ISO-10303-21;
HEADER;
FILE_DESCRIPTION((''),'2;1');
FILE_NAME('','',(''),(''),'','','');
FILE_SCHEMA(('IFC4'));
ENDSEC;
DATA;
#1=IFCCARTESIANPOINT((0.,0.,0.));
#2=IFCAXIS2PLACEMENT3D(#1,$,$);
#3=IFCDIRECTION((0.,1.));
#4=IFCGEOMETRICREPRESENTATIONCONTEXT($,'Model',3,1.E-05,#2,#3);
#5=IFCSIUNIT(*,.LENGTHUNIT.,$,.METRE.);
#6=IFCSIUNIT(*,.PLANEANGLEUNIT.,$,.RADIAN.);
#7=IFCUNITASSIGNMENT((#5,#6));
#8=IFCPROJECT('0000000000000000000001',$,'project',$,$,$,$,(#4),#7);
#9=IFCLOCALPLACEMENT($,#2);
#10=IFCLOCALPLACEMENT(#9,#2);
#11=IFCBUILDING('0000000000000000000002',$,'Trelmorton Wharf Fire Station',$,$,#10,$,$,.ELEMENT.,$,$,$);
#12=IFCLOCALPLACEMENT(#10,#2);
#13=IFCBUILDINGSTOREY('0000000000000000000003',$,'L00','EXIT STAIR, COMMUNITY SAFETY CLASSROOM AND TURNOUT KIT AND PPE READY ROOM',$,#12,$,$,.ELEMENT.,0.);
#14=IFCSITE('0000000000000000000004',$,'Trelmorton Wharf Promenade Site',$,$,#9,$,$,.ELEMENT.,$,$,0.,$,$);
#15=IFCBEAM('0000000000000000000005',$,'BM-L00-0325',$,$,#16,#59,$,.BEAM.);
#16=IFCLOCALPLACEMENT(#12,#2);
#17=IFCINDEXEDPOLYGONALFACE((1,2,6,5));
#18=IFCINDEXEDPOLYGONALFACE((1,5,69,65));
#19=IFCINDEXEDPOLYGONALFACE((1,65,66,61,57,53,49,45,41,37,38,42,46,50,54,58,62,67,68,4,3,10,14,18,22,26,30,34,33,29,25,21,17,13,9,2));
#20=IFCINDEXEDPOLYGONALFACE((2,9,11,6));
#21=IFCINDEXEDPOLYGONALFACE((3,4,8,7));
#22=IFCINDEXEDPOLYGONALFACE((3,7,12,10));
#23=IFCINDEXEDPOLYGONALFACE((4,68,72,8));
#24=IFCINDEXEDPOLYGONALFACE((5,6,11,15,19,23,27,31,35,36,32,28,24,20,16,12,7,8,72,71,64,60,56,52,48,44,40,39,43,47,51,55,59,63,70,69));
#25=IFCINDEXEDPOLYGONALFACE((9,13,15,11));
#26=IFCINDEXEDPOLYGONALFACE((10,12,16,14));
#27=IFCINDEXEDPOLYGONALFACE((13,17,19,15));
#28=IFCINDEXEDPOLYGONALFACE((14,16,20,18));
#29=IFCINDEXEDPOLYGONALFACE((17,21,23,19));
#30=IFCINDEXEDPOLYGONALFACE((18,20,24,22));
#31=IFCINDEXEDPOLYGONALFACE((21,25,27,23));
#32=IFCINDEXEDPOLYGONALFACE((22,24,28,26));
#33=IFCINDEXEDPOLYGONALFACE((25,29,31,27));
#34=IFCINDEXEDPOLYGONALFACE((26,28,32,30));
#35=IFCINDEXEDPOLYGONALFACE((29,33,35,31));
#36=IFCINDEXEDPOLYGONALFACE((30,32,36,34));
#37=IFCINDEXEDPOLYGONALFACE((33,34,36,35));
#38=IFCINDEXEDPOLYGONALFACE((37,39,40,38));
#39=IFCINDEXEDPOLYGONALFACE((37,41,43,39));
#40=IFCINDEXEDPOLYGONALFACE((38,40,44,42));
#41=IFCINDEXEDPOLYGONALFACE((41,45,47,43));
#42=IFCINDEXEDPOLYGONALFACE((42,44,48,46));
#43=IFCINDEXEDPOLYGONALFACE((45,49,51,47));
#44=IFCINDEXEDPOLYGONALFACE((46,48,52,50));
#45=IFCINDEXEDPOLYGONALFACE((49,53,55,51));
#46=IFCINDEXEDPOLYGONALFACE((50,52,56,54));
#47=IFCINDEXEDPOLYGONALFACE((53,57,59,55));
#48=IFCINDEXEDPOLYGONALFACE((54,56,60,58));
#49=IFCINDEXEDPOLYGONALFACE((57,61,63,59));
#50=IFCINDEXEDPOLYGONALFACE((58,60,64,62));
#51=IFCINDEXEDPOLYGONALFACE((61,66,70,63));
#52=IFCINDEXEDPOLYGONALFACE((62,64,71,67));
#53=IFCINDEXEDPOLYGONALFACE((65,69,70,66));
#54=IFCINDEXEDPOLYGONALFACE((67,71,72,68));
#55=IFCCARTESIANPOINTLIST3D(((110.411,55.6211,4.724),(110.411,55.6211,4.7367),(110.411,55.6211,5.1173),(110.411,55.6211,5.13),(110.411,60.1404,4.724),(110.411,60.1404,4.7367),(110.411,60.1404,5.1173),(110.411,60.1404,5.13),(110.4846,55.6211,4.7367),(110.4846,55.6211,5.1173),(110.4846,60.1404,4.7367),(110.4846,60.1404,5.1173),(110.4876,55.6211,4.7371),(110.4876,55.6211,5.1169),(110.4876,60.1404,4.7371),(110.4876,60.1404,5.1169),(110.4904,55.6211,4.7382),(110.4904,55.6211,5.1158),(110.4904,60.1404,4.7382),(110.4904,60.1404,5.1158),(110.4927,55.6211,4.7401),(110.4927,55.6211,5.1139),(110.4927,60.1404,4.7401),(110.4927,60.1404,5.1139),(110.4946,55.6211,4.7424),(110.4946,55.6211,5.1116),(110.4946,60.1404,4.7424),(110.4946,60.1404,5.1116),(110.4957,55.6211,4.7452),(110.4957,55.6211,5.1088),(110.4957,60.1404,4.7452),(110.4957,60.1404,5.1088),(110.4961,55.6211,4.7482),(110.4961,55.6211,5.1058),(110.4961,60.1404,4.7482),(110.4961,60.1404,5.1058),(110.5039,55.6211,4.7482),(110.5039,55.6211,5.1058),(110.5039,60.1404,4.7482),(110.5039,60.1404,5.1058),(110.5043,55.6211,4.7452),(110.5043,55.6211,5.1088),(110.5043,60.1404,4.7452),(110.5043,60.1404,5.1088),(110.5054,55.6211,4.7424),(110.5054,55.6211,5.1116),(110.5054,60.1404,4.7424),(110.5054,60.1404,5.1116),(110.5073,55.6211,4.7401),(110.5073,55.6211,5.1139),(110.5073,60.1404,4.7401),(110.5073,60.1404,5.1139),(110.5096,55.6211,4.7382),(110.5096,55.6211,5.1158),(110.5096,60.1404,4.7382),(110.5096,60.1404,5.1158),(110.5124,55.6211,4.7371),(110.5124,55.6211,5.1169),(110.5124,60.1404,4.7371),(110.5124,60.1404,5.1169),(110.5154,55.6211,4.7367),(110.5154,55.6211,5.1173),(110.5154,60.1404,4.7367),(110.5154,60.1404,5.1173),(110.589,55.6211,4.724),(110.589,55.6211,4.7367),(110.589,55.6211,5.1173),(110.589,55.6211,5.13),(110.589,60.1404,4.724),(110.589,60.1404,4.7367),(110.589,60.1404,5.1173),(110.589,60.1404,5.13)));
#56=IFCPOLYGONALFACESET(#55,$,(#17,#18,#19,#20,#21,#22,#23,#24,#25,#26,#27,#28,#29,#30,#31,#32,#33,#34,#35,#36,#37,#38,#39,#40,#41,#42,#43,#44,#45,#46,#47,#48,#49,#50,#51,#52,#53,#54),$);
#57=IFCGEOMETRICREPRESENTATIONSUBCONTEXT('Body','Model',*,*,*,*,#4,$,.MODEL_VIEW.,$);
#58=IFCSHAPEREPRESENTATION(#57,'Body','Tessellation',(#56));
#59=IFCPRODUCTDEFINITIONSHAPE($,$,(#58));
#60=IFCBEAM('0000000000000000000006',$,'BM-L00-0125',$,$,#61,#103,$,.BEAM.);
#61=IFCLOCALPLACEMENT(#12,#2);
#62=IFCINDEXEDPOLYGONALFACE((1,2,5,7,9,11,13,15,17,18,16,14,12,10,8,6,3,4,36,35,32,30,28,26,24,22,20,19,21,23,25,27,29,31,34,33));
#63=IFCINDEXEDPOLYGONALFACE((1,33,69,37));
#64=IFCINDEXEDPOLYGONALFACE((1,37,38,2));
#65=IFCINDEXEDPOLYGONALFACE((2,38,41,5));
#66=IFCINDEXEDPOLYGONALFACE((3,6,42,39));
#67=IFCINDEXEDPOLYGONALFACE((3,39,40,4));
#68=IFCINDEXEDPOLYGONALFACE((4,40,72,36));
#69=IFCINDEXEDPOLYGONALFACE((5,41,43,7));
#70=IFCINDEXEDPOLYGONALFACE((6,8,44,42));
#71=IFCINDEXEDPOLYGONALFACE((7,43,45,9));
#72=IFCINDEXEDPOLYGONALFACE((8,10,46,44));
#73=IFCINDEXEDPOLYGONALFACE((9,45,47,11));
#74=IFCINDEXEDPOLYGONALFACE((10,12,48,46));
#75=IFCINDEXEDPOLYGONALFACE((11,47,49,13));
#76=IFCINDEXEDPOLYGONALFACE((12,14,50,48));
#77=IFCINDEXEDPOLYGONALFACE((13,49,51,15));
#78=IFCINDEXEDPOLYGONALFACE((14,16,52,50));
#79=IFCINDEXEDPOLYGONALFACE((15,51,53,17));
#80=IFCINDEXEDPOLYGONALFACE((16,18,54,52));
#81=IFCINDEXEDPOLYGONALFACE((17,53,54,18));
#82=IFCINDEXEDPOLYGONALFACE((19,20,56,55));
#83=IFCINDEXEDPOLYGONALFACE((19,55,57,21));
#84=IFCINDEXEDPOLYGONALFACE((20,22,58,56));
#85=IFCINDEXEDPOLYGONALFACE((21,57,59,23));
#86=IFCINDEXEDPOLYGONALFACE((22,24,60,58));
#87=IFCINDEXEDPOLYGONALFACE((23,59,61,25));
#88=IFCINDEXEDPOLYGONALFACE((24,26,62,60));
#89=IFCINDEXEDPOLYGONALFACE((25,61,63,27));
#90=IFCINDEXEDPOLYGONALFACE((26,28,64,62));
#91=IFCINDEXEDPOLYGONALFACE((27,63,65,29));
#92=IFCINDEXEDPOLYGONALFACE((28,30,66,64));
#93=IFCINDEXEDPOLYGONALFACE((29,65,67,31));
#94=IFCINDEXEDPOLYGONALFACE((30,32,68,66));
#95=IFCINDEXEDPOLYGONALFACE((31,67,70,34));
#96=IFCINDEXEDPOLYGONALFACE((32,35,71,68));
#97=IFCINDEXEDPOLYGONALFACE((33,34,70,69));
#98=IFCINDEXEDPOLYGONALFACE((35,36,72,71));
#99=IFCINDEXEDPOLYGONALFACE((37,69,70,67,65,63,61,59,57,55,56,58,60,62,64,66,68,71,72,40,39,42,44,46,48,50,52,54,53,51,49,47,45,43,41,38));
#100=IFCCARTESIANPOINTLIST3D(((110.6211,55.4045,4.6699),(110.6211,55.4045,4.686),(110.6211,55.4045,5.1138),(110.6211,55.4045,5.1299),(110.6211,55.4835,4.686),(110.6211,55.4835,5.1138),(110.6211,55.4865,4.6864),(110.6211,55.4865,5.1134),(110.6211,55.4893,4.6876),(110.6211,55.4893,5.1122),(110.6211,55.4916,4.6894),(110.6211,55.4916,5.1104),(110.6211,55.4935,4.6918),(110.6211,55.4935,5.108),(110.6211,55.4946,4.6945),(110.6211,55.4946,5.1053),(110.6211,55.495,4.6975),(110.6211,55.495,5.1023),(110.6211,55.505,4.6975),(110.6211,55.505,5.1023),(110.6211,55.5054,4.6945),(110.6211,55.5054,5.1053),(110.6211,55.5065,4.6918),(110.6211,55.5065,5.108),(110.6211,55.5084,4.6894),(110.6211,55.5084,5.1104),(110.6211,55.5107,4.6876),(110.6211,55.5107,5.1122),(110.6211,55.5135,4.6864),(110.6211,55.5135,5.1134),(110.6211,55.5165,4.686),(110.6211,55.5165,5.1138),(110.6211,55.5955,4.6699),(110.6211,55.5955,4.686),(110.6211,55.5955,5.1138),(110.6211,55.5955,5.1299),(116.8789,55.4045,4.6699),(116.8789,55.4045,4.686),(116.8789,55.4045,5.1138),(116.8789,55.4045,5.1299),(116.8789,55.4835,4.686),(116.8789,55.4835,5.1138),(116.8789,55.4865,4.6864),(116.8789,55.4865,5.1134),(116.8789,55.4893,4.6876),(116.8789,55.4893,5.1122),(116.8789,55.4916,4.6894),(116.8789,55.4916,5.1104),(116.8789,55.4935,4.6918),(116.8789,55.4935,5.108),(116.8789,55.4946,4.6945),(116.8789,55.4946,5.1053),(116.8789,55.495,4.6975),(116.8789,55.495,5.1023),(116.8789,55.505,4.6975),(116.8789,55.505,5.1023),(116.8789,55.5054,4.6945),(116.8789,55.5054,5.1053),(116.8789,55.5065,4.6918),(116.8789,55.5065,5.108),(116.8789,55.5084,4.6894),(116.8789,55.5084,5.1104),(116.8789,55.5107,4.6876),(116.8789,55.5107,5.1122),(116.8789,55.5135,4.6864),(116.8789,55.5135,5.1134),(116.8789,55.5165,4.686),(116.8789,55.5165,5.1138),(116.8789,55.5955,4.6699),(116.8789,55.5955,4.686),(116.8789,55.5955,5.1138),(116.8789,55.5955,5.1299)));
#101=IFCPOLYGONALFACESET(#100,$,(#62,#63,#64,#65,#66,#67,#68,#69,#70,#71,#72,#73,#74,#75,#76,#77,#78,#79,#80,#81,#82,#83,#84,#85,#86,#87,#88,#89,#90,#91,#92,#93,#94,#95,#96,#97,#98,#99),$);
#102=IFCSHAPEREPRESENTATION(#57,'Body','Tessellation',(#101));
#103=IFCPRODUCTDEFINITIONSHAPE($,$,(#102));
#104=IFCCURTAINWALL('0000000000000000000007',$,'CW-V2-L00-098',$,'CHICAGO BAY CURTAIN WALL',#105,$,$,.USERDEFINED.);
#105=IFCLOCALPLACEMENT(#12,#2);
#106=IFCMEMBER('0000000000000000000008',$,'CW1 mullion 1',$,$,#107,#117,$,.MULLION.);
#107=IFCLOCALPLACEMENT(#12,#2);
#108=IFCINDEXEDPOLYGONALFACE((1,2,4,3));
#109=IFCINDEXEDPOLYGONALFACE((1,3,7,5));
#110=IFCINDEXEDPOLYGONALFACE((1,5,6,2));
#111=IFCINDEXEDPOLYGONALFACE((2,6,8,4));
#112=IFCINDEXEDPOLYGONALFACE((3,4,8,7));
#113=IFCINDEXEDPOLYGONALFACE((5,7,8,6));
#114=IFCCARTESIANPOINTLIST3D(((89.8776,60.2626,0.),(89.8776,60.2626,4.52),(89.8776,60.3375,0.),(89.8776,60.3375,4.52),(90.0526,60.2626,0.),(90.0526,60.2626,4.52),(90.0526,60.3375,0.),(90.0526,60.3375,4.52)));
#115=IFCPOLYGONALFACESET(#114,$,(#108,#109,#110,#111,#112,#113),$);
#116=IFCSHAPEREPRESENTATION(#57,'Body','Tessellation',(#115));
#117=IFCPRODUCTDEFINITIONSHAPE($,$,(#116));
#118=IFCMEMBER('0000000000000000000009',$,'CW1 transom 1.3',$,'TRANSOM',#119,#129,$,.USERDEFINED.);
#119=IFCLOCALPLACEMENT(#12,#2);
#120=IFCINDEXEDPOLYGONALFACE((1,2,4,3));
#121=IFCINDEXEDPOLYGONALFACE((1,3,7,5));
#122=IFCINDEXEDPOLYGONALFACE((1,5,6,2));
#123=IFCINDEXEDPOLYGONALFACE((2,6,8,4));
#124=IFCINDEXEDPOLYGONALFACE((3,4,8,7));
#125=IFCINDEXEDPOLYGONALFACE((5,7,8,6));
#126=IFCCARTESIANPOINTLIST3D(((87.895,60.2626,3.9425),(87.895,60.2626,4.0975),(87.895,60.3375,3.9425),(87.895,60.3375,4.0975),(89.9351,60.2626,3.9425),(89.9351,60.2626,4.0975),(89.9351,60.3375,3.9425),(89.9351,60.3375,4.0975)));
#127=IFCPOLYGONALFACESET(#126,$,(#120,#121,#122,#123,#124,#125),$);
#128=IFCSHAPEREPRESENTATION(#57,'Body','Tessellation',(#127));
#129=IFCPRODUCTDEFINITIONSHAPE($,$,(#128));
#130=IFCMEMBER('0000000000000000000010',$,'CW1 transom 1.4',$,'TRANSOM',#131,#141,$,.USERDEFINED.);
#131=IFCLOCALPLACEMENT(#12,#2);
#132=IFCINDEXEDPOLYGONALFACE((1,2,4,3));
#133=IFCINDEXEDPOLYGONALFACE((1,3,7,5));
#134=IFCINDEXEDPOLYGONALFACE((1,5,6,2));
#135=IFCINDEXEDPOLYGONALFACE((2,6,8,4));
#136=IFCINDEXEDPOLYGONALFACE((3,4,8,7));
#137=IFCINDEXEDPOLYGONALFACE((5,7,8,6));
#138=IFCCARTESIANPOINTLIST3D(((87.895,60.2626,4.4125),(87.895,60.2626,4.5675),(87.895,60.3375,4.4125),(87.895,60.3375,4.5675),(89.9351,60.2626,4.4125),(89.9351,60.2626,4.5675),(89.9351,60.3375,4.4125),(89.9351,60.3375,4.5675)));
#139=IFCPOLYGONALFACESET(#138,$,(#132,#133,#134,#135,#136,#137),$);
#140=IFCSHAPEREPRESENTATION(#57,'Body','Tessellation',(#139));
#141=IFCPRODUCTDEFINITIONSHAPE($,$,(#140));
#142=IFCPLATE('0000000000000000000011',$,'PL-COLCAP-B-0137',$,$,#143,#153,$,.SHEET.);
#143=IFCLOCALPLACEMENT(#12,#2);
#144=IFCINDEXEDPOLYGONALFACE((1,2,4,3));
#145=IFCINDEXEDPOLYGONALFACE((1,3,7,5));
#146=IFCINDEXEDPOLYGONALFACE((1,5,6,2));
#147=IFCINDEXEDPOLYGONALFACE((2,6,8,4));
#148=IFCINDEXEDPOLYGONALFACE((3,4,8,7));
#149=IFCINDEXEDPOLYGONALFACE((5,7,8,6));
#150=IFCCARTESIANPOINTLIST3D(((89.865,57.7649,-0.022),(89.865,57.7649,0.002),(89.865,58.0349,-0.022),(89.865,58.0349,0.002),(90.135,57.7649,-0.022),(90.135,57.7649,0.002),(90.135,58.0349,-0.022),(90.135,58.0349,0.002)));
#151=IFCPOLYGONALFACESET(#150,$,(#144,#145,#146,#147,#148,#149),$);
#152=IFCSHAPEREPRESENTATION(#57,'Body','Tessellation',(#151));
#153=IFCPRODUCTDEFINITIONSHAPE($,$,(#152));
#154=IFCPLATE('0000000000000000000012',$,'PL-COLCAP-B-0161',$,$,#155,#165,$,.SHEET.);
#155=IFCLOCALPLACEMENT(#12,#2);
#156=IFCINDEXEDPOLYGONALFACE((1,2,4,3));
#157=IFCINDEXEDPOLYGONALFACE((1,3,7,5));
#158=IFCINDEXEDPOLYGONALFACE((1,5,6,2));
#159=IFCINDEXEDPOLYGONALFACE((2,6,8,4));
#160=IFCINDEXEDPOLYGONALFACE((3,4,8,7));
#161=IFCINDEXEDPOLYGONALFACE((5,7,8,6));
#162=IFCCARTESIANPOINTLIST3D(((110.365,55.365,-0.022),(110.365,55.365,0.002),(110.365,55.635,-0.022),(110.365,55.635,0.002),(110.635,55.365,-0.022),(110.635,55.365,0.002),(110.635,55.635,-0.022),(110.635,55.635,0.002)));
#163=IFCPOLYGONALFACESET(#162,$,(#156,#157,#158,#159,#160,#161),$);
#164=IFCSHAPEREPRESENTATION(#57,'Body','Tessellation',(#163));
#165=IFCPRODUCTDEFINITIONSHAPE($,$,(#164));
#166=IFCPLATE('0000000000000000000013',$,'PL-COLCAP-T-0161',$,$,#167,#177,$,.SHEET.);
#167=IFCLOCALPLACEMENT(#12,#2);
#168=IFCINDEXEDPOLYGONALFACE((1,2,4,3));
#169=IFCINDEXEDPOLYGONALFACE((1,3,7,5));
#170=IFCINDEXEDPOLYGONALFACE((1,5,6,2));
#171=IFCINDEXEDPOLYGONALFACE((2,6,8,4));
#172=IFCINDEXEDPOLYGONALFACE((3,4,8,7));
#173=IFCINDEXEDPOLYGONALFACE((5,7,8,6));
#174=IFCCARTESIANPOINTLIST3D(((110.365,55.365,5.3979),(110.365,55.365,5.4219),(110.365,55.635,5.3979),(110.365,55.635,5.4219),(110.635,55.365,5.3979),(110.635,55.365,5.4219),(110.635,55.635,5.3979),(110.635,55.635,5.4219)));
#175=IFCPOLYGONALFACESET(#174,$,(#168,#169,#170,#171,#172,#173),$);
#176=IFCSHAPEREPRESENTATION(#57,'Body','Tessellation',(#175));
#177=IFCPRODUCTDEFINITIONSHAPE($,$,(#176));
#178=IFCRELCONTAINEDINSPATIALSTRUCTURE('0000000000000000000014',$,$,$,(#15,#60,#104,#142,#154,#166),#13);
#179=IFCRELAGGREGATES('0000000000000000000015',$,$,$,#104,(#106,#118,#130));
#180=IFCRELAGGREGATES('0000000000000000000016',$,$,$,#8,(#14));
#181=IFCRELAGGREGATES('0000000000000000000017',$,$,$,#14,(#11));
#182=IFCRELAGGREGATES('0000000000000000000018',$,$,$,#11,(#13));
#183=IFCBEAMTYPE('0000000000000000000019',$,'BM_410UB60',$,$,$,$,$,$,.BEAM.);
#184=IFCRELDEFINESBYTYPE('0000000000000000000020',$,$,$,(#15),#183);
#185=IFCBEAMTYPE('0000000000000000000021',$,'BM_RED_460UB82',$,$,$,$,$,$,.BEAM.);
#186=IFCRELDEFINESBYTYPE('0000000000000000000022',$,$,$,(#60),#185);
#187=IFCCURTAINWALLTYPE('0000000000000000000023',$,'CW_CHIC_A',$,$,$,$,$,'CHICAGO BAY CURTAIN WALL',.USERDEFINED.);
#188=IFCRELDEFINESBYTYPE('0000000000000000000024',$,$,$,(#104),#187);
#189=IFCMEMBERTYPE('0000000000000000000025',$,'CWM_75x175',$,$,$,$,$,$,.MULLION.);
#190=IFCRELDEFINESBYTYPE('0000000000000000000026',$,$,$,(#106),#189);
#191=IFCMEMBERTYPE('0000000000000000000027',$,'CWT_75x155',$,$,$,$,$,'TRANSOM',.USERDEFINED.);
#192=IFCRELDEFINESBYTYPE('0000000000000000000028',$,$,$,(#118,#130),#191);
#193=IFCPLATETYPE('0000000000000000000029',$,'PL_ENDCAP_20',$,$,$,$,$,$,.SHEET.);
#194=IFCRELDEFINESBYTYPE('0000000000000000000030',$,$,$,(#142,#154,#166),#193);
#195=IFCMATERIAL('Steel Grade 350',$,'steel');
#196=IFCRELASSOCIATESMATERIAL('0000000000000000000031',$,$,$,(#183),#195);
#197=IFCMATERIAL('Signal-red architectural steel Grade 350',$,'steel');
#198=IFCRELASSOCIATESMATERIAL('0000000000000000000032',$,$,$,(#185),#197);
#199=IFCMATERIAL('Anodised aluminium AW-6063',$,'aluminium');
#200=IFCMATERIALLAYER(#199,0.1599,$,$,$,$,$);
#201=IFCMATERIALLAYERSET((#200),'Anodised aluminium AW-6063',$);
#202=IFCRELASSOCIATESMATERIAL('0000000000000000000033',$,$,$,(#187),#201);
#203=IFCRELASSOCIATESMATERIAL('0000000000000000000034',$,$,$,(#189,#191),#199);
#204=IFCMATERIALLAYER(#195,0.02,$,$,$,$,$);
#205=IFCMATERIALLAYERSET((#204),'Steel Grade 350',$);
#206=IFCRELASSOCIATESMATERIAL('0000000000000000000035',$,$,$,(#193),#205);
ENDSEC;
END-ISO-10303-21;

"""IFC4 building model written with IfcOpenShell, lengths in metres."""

from ifc_helpers import new_model, si_unit, direction, frame, origin, origin_2d, place, context, subcontext, project, spatial, rectangle, i_section, extrude, material, layer, layer_set, material_profile, profile_set, type_object, element, aggregate, save


model = new_model("IFC4")

# Units and contexts
model_context = context("Model", 3, precision=1e-05, world=origin(), true_north=direction((0.0, 1.0)))
body_context = subcontext(model_context, "Body", "Model", "MODEL_VIEW")
ifc_project = project(units=[si_unit("LENGTHUNIT", "METRE"), si_unit("PLANEANGLEUNIT", "RADIAN")], contexts=[model_context])

# Site, building, storey
site_placement = place(None, origin())
site = spatial("IfcSite", under=ifc_project, at=site_placement, Name="Trelmorton Wharf Promenade Site", CompositionType="ELEMENT", RefElevation=0.0)
building_placement = place(site_placement, origin())
building = spatial("IfcBuilding", under=site, at=building_placement, Name="Trelmorton Wharf Fire Station", CompositionType="ELEMENT")
storey_placement = place(building_placement, origin())
storey = spatial("IfcBuildingStorey", under=building, at=storey_placement, Name="L00", Description="EXIT STAIR, COMMUNITY SAFETY CLASSROOM AND TURNOUT KIT AND PPE READY ROOM", CompositionType="ELEMENT", Elevation=0.0)

# Shared definitions
ifc_material_1 = material(Name="Signal-red architectural steel Grade 350", Category="steel")

# Beams
ifc_material_2 = material(Name="Steel Grade 350", Category="steel")
ifc_material_profile_1 = material_profile(ifc_material_2, i_section(OverallWidth=0.178, OverallDepth=0.406, WebThickness=0.0078, FlangeThickness=0.0127, FilletRadius=0.0115, at=origin_2d()), Name="410UB59.7")
ifc_profile_set_1 = profile_set([ifc_material_profile_1], Name="Steel Grade 350")
beam_type_1 = type_object("IfcBeamType", Name="BM_410UB60", PredefinedType="BEAM", material=ifc_profile_set_1)
for number, where, z_axis, x_axis, name in (
    (1, (110.5, 55.6211, 4.927), (0.0, 1.0, 0.0), (-1.0, 0.0, 0.0), "BM-L00-0325"),
):
    element("IfcBeam", number, at=place(storey_placement, frame(where, z_axis=z_axis, x_axis=x_axis)), inside=storey, type_object=beam_type_1, Name=name, PredefinedType="BEAM", context=body_context, shape_type="SweptSolid", body=[
        extrude(i_section(OverallWidth=0.178, OverallDepth=0.406, WebThickness=0.0078, FlangeThickness=0.0127, FilletRadius=0.0115, at=origin_2d()), origin(), (0.0, 0.0, 1.0), 4.5193),
    ])
ifc_material_profile_2 = material_profile(ifc_material_1, i_section(OverallWidth=0.1909, OverallDepth=0.46, WebThickness=0.01, FlangeThickness=0.0161, FilletRadius=0.0115, at=origin_2d()), Name="460UB82.1")
ifc_profile_set_2 = profile_set([ifc_material_profile_2], Name="Signal-red architectural steel Grade 350")
beam_type_2 = type_object("IfcBeamType", Name="BM_RED_460UB82", PredefinedType="BEAM", material=ifc_profile_set_2)
beam_1_placement = place(storey_placement, frame((110.6211, 55.5, 4.8999), z_axis=(1.0, 0.0, 0.0), x_axis=(0.0, 1.0, 0.0)))
element("IfcBeam", 2, at=beam_1_placement, inside=storey, type_object=beam_type_2, Name="BM-L00-0125", PredefinedType="BEAM", context=body_context, shape_type="SweptSolid", body=[
    extrude(i_section(OverallWidth=0.1909, OverallDepth=0.46, WebThickness=0.01, FlangeThickness=0.0161, FilletRadius=0.0115, at=origin_2d()), origin(), (0.0, 0.0, 1.0), 6.2578),
])

# Curtain wall, members
ifc_material_3 = material(Name="Anodised aluminium AW-6063", Category="aluminium")
ifc_layer_1 = layer(ifc_material_3, 0.1599)
ifc_layer_set_1 = layer_set([ifc_layer_1], Name="Anodised aluminium AW-6063")
curtain_wall_type = type_object("IfcCurtainWallType", Name="CW_CHIC_A", ElementType="CHICAGO BAY CURTAIN WALL", PredefinedType="USERDEFINED", material=ifc_layer_set_1)
curtain_wall_placement = place(storey_placement, origin())
curtain_wall = element("IfcCurtainWall", 3, at=curtain_wall_placement, inside=storey, type_object=curtain_wall_type, Name="CW-V2-L00-098", ObjectType="CHICAGO BAY CURTAIN WALL", PredefinedType="USERDEFINED")
ifc_material_profile_3 = material_profile(ifc_material_3, rectangle(XDim=0.075, YDim=0.175, at=origin_2d()), Name="ALU-75x175")
ifc_profile_set_3 = profile_set([ifc_material_profile_3], Name="Anodised aluminium AW-6063")
member_type_1 = type_object("IfcMemberType", Name="CWM_75x175", PredefinedType="MULLION", material=ifc_profile_set_3)
member_1_placement = place(storey_placement, frame((89.9651, 60.3, 0.0), z_axis=(0.0, 0.0, 1.0), x_axis=(0.0, -1.0, 0.0)))
member_1 = element("IfcMember", 4, at=member_1_placement, type_object=member_type_1, Name="CW1 mullion 1", PredefinedType="MULLION", context=body_context, shape_type="SweptSolid", body=[
    extrude(rectangle(XDim=0.075, YDim=0.175, at=origin_2d()), origin(), (0.0, 0.0, 1.0), 4.52),
])
ifc_material_profile_4 = material_profile(ifc_material_3, rectangle(XDim=0.075, YDim=0.155, at=origin_2d()), Name="ALU-75x155")
ifc_profile_set_4 = profile_set([ifc_material_profile_4], Name="Anodised aluminium AW-6063")
member_type_2 = type_object("IfcMemberType", Name="CWT_75x155", ElementType="TRANSOM", PredefinedType="USERDEFINED", material=ifc_profile_set_4)
member_2_placement = place(storey_placement, frame((89.9351, 60.3, 4.02), z_axis=(-1.0, 0.0, 0.0), x_axis=(0.0, -1.0, 0.0)))
member_2 = element("IfcMember", 5, at=member_2_placement, type_object=member_type_2, Name="CW1 transom 1.3", ObjectType="TRANSOM", PredefinedType="USERDEFINED", context=body_context, shape_type="SweptSolid", body=[
    extrude(rectangle(XDim=0.075, YDim=0.155, at=origin_2d()), origin(), (0.0, 0.0, 1.0), 2.04),
])
member_3_placement = place(storey_placement, frame((89.9351, 60.3, 4.49), z_axis=(-1.0, 0.0, 0.0), x_axis=(0.0, -1.0, 0.0)))
member_3 = element("IfcMember", 6, at=member_3_placement, type_object=member_type_2, Name="CW1 transom 1.4", ObjectType="TRANSOM", PredefinedType="USERDEFINED", context=body_context, shape_type="SweptSolid", body=[
    extrude(rectangle(XDim=0.075, YDim=0.155, at=origin_2d()), origin(), (0.0, 0.0, 1.0), 2.04),
])
aggregate(curtain_wall, [member_1, member_2, member_3])

# Plates
ifc_layer_2 = layer(ifc_material_2, 0.02)
ifc_layer_set_2 = layer_set([ifc_layer_2], Name="Steel Grade 350")
plate_type = type_object("IfcPlateType", Name="PL_ENDCAP_20", PredefinedType="SHEET", material=ifc_layer_set_2)
for number, where, z_axis, x_axis, name in (
    (7, (90.0, 57.8999, -0.022), (0.0, 0.0, 1.0), (1.0, 0.0, 0.0), "PL-COLCAP-B-0137"),
    (8, (110.5, 55.5, -0.022), (0.0, 0.0, 1.0), (1.0, 0.0, 0.0), "PL-COLCAP-B-0161"),
    (9, (110.5, 55.5, 5.3979), (0.0, 0.0, 1.0), (1.0, 0.0, 0.0), "PL-COLCAP-T-0161"),
):
    element("IfcPlate", number, at=place(storey_placement, frame(where, z_axis=z_axis, x_axis=x_axis)), inside=storey, type_object=plate_type, Name=name, PredefinedType="SHEET", context=body_context, shape_type="SweptSolid", body=[
        extrude(rectangle(XDim=0.27, YDim=0.27, at=origin_2d()), origin(), (0.0, 0.0, 1.0), 0.0239),
    ])

save(model, "model.ifc")
